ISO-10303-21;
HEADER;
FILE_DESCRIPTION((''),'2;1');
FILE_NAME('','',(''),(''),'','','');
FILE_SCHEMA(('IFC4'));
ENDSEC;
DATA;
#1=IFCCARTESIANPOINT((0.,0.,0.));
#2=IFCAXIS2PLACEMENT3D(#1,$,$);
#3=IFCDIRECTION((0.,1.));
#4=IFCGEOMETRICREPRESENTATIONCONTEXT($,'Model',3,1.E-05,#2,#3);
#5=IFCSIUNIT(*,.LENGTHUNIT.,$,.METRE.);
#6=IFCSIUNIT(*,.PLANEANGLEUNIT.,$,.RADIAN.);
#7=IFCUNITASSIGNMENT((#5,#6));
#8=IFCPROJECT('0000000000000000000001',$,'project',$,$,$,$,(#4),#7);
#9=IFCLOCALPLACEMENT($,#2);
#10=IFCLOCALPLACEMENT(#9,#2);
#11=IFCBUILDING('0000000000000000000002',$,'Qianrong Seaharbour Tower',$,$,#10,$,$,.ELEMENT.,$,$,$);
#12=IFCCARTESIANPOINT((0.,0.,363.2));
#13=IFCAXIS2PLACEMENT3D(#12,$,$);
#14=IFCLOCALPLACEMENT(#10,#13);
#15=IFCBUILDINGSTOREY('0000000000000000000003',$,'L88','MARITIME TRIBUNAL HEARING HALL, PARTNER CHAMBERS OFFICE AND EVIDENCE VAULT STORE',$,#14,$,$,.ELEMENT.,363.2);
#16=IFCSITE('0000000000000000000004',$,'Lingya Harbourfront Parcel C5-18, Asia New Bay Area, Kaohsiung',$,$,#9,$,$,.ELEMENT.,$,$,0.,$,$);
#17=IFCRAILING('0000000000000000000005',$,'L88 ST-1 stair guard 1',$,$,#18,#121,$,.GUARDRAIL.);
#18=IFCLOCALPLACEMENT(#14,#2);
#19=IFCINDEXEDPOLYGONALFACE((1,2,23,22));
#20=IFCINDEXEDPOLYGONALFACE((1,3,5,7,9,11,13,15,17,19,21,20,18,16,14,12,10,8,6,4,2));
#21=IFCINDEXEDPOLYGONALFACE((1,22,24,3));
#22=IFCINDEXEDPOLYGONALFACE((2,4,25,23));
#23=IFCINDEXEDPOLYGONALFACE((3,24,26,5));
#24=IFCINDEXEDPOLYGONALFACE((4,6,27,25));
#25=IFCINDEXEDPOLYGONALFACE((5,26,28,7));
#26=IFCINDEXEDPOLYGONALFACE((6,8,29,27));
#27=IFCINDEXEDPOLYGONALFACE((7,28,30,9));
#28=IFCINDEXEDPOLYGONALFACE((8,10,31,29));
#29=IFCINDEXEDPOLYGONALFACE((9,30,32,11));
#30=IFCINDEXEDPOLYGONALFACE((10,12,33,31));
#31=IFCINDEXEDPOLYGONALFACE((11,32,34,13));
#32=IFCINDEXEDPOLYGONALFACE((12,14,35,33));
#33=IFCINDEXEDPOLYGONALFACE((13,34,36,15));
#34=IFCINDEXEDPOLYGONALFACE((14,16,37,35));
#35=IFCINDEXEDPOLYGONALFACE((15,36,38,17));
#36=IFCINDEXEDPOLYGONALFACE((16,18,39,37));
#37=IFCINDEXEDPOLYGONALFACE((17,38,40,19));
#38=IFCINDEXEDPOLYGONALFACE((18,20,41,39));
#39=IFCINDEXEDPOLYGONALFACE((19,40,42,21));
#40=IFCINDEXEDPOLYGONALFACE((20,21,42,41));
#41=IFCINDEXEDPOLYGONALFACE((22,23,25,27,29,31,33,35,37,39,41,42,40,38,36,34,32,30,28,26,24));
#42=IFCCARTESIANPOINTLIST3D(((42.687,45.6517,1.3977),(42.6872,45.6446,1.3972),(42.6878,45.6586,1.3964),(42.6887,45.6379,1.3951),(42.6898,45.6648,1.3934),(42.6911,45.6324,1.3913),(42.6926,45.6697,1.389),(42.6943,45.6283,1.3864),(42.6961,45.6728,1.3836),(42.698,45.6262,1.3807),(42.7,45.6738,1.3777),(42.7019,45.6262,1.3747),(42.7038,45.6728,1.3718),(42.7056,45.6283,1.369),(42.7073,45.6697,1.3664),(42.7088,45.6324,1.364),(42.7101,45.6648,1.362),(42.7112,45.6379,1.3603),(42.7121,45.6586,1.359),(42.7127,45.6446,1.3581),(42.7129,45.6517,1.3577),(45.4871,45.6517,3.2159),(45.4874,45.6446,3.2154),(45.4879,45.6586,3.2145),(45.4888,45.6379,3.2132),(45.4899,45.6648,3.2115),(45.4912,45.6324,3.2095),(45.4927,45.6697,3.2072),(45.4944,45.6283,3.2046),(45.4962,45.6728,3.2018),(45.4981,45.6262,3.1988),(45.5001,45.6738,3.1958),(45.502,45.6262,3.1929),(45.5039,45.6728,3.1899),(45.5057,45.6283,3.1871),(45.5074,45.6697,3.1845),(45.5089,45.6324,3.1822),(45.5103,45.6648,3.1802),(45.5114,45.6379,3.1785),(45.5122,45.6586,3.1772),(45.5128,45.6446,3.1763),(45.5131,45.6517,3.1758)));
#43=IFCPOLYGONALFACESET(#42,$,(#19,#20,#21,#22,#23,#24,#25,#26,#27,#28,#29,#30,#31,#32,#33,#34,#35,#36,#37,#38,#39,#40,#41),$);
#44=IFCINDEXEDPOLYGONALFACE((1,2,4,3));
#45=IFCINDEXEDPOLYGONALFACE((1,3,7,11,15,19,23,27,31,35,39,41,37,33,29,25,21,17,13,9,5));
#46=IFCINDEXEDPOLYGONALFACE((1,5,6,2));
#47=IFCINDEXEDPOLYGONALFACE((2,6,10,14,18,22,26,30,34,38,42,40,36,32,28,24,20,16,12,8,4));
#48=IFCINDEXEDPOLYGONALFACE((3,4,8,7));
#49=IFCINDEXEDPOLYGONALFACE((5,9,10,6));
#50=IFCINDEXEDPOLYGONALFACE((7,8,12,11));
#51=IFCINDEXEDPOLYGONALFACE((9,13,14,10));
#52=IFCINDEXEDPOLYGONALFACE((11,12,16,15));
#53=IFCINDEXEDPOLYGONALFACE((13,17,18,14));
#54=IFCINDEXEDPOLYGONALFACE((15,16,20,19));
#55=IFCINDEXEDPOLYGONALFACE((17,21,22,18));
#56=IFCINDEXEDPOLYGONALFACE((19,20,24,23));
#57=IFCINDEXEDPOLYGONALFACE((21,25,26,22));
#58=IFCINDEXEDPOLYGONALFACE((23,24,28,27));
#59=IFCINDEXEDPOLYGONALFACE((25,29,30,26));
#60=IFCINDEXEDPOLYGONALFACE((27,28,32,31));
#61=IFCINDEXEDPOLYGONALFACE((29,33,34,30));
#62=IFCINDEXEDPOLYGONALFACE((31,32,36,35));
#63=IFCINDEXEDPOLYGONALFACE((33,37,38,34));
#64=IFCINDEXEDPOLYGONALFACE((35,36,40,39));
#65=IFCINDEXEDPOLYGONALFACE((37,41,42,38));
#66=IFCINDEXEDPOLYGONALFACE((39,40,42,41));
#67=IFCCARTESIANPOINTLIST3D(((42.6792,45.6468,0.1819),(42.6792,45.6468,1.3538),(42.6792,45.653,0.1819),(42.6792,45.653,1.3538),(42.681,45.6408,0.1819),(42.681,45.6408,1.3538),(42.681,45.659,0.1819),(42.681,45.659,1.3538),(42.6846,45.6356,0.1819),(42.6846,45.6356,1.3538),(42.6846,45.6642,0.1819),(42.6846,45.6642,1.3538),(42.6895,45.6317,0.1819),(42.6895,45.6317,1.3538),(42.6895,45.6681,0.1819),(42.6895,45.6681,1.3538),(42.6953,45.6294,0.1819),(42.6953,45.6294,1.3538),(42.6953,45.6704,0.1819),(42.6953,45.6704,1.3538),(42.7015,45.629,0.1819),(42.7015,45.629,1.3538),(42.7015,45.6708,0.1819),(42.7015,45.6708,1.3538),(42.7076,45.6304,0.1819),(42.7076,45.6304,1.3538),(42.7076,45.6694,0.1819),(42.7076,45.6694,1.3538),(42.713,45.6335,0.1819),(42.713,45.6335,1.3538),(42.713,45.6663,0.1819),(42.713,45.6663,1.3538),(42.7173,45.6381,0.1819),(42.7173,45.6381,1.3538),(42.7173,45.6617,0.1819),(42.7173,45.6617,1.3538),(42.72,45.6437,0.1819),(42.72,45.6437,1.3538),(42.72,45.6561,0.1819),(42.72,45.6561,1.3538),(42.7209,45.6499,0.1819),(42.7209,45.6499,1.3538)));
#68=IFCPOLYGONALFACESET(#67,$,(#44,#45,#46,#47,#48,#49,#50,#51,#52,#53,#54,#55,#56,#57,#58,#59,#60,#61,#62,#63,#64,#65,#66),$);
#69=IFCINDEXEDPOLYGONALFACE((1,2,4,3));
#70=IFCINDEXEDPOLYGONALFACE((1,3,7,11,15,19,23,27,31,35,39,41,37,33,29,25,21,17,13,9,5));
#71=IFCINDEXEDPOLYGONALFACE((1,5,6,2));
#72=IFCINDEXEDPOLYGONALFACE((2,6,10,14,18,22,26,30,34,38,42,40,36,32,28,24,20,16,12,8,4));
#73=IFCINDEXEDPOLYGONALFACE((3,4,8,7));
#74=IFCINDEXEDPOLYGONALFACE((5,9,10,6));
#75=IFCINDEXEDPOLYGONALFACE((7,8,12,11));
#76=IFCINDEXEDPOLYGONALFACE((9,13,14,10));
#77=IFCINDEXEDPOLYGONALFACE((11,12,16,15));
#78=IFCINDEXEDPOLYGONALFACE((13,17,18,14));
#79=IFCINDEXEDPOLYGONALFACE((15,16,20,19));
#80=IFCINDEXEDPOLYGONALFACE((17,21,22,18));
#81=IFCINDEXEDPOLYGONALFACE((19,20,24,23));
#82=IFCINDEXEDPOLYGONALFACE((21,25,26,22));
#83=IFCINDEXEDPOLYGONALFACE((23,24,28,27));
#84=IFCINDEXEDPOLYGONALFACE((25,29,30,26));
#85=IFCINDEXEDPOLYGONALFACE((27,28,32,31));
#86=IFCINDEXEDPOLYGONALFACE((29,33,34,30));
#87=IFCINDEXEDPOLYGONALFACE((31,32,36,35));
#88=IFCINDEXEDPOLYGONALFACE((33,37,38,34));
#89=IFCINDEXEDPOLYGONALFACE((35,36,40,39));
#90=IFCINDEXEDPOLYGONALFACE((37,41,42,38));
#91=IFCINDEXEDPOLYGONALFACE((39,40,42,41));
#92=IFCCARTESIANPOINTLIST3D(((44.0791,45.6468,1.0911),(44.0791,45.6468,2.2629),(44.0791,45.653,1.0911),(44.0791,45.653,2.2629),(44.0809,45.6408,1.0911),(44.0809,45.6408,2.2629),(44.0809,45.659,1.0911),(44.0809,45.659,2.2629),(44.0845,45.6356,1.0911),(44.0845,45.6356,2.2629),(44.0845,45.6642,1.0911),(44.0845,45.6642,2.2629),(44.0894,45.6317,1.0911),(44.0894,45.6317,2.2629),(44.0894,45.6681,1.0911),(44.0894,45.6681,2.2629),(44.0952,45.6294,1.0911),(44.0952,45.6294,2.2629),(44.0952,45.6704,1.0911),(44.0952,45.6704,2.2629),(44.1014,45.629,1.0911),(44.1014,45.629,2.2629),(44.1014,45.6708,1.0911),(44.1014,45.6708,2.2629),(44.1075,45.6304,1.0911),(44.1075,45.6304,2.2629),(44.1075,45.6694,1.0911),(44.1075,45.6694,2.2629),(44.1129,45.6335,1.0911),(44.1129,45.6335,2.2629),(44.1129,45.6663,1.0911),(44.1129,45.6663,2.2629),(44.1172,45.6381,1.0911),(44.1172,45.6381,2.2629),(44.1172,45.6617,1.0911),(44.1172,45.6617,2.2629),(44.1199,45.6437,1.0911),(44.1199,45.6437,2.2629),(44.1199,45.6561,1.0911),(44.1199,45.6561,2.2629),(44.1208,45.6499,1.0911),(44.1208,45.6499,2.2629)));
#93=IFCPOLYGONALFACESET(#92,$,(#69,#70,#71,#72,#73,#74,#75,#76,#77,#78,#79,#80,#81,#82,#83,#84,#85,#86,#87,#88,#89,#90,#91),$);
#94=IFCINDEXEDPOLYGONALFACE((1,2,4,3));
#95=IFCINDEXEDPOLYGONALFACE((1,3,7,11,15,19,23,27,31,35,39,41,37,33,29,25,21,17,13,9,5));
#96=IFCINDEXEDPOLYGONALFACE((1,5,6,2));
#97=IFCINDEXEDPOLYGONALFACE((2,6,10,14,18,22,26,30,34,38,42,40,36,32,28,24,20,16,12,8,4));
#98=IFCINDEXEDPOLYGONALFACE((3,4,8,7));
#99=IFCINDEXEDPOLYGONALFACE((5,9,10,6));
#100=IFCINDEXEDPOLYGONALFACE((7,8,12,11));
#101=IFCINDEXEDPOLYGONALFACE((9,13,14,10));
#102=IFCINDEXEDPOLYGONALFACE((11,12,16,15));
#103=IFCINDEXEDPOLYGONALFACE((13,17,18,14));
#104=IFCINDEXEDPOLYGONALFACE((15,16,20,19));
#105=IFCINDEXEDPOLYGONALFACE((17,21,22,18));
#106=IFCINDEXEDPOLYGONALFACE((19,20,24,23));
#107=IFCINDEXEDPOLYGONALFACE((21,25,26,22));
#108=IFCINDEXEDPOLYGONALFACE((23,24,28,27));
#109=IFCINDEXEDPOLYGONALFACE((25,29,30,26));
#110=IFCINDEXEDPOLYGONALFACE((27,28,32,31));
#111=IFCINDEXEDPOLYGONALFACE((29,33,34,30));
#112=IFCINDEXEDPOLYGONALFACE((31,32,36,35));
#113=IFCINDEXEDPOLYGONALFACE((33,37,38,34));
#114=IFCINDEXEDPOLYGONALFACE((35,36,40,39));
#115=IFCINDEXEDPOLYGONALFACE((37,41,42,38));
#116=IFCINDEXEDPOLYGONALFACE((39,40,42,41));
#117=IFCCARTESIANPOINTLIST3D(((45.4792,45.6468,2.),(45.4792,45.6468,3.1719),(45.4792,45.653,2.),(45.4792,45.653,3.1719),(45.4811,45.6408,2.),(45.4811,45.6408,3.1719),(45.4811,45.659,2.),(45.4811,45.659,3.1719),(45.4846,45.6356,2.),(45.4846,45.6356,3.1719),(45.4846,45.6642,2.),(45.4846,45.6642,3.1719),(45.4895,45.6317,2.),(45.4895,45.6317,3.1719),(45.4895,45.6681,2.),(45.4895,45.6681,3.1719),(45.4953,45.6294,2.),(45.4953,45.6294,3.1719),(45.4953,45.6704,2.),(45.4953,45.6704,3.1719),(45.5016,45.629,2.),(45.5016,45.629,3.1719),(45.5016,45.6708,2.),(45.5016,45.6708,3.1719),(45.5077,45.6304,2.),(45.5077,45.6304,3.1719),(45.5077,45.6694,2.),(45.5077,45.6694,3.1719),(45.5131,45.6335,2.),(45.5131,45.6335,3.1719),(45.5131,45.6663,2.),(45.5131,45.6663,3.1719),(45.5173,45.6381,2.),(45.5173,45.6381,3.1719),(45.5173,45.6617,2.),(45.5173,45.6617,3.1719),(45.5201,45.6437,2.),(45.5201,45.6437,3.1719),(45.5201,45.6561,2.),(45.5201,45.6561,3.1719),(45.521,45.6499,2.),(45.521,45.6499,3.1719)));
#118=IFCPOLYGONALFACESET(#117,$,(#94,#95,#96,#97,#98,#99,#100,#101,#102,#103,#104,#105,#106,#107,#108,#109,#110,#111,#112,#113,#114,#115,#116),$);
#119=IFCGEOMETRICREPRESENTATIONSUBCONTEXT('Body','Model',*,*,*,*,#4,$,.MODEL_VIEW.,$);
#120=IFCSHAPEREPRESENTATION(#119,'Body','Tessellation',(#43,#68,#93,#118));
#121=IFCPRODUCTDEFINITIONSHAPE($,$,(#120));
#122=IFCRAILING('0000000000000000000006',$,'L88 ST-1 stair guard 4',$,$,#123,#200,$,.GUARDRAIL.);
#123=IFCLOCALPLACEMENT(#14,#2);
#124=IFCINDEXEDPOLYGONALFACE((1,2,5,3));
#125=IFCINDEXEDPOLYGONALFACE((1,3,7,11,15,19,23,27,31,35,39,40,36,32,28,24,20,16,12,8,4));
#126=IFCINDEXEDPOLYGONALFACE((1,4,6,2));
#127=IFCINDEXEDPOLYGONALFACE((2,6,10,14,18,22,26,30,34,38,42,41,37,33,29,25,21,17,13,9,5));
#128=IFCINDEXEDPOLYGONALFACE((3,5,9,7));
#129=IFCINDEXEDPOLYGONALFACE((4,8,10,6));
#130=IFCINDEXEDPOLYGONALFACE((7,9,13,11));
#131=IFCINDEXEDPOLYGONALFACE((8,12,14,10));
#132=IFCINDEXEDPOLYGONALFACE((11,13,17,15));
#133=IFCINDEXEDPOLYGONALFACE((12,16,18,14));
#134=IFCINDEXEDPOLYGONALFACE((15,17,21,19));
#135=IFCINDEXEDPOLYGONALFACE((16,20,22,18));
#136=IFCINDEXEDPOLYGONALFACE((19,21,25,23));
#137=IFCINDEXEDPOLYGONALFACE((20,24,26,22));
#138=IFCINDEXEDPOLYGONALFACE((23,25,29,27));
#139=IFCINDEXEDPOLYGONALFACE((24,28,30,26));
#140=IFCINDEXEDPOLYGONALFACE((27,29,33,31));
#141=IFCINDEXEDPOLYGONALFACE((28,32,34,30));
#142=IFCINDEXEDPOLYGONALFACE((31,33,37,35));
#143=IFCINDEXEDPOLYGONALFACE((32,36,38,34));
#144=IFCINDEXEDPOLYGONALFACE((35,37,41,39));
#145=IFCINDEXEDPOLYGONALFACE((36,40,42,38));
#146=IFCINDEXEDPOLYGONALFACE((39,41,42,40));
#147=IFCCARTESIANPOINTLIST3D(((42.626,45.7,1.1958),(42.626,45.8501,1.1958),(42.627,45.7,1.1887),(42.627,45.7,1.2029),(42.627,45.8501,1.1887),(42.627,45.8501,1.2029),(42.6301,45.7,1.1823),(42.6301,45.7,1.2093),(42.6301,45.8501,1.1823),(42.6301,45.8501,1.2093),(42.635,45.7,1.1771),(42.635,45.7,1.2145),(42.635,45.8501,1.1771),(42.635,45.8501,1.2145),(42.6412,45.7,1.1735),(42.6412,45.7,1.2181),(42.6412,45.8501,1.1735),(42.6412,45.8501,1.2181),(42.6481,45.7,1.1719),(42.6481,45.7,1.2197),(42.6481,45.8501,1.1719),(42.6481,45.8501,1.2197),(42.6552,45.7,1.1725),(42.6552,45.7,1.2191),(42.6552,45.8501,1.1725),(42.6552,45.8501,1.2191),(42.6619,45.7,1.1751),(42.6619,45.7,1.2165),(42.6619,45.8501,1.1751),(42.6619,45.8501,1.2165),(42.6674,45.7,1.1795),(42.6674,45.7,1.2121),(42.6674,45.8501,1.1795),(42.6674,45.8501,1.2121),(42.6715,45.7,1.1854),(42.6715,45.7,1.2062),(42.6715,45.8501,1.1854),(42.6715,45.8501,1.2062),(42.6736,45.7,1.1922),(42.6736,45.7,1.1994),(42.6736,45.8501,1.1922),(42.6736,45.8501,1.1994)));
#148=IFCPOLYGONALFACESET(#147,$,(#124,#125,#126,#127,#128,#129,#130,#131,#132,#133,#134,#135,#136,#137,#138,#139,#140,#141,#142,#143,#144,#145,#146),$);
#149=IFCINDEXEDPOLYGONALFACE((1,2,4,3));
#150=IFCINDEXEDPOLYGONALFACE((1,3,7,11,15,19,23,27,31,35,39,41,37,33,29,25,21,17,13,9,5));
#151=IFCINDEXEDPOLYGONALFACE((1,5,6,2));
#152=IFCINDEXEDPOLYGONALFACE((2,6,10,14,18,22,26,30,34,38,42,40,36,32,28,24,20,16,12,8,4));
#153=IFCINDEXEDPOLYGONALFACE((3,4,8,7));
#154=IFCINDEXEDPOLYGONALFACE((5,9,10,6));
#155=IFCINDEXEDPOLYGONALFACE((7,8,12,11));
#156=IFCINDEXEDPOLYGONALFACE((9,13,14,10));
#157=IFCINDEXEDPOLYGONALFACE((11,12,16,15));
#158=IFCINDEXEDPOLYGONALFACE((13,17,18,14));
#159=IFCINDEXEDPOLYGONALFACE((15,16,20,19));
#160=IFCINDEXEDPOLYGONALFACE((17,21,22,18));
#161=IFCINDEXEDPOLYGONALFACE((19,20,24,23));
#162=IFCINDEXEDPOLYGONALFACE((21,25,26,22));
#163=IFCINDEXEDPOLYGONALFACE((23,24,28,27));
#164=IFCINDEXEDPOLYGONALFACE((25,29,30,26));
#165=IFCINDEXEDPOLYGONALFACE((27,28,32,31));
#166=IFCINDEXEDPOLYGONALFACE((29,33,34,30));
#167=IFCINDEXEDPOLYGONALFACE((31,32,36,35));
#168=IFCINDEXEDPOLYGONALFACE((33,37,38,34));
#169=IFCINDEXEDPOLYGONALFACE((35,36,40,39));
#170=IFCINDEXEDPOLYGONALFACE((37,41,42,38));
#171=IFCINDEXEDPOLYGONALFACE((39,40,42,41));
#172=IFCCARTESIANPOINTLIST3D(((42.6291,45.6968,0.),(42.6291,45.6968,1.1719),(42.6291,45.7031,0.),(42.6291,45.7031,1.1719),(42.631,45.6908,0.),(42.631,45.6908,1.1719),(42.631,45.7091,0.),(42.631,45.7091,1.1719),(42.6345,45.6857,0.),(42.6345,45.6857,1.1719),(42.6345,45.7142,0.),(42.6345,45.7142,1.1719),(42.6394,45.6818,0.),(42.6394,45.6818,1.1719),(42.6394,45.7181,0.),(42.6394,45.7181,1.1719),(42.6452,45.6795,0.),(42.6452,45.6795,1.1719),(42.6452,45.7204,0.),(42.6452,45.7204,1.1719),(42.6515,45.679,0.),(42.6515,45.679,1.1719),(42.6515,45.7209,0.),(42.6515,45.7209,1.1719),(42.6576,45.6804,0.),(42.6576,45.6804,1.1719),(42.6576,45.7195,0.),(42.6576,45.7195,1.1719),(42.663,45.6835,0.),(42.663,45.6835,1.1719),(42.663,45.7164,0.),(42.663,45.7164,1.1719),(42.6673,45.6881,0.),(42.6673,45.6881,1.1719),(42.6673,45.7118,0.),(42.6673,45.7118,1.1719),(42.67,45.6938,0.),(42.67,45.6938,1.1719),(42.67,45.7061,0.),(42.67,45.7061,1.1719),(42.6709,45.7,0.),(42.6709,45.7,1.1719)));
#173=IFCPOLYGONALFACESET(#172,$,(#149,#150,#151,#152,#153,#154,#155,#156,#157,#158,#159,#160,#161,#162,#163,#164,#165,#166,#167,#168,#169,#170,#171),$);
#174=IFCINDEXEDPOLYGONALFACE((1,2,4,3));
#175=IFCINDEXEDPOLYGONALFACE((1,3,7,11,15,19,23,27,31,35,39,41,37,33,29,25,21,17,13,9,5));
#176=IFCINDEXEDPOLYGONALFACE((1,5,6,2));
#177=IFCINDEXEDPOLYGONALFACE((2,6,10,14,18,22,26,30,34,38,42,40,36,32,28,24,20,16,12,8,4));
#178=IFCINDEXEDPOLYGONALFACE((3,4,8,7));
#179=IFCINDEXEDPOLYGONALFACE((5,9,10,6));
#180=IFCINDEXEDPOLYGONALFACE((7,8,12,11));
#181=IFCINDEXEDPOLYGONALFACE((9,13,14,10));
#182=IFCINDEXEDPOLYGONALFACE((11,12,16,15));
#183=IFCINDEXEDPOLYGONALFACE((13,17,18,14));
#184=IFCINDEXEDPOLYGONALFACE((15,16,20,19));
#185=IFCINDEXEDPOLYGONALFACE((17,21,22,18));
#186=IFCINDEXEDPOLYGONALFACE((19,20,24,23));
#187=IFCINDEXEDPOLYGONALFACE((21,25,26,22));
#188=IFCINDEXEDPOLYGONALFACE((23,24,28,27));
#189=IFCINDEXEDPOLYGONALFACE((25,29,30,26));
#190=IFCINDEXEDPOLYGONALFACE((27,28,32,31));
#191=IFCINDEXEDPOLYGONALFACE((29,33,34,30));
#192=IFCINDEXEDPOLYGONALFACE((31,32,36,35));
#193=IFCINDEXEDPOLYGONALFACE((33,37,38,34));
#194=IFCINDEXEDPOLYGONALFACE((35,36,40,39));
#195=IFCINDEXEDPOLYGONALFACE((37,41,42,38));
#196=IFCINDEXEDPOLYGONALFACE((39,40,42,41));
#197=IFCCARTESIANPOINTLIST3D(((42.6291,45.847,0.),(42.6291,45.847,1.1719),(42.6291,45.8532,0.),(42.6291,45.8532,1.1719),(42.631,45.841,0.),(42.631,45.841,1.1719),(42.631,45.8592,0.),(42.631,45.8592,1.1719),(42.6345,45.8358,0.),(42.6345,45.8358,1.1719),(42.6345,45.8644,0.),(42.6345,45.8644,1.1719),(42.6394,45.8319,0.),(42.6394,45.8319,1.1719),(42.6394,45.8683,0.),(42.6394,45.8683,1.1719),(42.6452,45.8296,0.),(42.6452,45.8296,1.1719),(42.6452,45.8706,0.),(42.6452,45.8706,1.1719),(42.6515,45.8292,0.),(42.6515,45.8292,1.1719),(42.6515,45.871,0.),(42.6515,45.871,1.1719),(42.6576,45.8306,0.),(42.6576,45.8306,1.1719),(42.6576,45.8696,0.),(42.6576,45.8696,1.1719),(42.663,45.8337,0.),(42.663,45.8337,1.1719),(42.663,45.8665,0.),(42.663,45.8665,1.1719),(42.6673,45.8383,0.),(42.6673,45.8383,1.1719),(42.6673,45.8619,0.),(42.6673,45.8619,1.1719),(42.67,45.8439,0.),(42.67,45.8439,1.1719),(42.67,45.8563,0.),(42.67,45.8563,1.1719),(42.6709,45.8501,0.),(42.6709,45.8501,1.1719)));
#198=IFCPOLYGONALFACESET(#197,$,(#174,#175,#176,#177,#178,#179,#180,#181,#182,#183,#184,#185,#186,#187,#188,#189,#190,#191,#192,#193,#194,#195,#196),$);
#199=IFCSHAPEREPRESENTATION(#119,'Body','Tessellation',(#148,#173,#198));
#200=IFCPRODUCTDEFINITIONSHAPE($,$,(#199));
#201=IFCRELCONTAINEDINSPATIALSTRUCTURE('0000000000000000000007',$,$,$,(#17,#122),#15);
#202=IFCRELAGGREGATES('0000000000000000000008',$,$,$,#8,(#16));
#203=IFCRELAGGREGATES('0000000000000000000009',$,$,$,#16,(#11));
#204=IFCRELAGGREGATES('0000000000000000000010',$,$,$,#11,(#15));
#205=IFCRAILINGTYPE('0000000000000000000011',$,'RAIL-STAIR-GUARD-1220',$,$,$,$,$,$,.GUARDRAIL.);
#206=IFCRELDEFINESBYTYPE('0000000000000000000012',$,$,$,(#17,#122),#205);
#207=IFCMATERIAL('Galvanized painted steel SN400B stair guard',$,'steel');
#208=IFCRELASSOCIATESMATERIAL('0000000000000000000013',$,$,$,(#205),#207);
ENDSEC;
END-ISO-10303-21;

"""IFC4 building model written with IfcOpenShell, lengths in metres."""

from ifc_helpers import new_model, si_unit, direction, frame, origin, origin_2d, place, context, subcontext, project, spatial, circle, extrude, material, type_object, element, save


model = new_model("IFC4")

# Units and contexts
model_context = context("Model", 3, precision=1e-05, world=origin(), true_north=direction((0.0, 1.0)))
body_context = subcontext(model_context, "Body", "Model", "MODEL_VIEW")
ifc_project = project(units=[si_unit("LENGTHUNIT", "METRE"), si_unit("PLANEANGLEUNIT", "RADIAN")], contexts=[model_context])

# Site, building, storey
site_placement = place(None, origin())
site = spatial("IfcSite", under=ifc_project, at=site_placement, Name="Lingya Harbourfront Parcel C5-18, Asia New Bay Area, Kaohsiung", CompositionType="ELEMENT", RefElevation=0.0)
building_placement = place(site_placement, origin())
building = spatial("IfcBuilding", under=site, at=building_placement, Name="Qianrong Seaharbour Tower", CompositionType="ELEMENT")
storey_placement = place(building_placement, frame((0.0, 0.0, 363.2)))
storey = spatial("IfcBuildingStorey", under=building, at=storey_placement, Name="L88", Description="MARITIME TRIBUNAL HEARING HALL, PARTNER CHAMBERS OFFICE AND EVIDENCE VAULT STORE", CompositionType="ELEMENT", Elevation=363.2)

# Railings
ifc_material_1 = material(Name="Galvanized painted steel SN400B stair guard", Category="steel")
railing_type_1 = type_object("IfcRailingType", Name="RAIL-STAIR-GUARD-1220", PredefinedType="GUARDRAIL", material=ifc_material_1)
railing_1_placement = place(storey_placement, frame((42.7, 45.6499, 0.1819)))
element("IfcRailing", 1, at=railing_1_placement, inside=storey, type_object=railing_type_1, Name="L88 ST-1 stair guard 1", PredefinedType="GUARDRAIL", context=body_context, shape_type="SweptSolid", body=[
    extrude(circle(Radius=0.0239, at=origin_2d()), frame((0.0, 0.0, 1.1958), z_axis=(0.838706, 0.0, 0.544585), x_axis=(0.0, 1.0, 0.0)), (0.0, 0.0, 1.0), 3.3386),
    extrude(circle(Radius=0.021, at=origin_2d()), origin(), (0.0, 0.0, 1.0), 1.1719),
    extrude(circle(Radius=0.021, at=origin_2d()), frame((1.3999, 0.0, 0.9092)), (0.0, 0.0, 1.0), 1.1719),
    extrude(circle(Radius=0.021, at=origin_2d()), frame((2.8, 0.0, 1.8181)), (0.0, 0.0, 1.0), 1.1719),
])
railing_2_placement = place(storey_placement, frame((42.6499, 45.7, 0.0)))
element("IfcRailing", 2, at=railing_2_placement, inside=storey, type_object=railing_type_1, Name="L88 ST-1 stair guard 4", PredefinedType="GUARDRAIL", context=body_context, shape_type="SweptSolid", body=[
    extrude(circle(Radius=0.0239, at=origin_2d()), frame((0.0, 0.0, 1.1958), z_axis=(0.0, 1.0, 0.0), x_axis=(-1.0, 0.0, 0.0)), (0.0, 0.0, 1.0), 0.1501),
    extrude(circle(Radius=0.021, at=origin_2d()), origin(), (0.0, 0.0, 1.0), 1.1719),
    extrude(circle(Radius=0.021, at=origin_2d()), frame((0.0, 0.1501, 0.0)), (0.0, 0.0, 1.0), 1.1719),
])

save(model, "model.ifc")
